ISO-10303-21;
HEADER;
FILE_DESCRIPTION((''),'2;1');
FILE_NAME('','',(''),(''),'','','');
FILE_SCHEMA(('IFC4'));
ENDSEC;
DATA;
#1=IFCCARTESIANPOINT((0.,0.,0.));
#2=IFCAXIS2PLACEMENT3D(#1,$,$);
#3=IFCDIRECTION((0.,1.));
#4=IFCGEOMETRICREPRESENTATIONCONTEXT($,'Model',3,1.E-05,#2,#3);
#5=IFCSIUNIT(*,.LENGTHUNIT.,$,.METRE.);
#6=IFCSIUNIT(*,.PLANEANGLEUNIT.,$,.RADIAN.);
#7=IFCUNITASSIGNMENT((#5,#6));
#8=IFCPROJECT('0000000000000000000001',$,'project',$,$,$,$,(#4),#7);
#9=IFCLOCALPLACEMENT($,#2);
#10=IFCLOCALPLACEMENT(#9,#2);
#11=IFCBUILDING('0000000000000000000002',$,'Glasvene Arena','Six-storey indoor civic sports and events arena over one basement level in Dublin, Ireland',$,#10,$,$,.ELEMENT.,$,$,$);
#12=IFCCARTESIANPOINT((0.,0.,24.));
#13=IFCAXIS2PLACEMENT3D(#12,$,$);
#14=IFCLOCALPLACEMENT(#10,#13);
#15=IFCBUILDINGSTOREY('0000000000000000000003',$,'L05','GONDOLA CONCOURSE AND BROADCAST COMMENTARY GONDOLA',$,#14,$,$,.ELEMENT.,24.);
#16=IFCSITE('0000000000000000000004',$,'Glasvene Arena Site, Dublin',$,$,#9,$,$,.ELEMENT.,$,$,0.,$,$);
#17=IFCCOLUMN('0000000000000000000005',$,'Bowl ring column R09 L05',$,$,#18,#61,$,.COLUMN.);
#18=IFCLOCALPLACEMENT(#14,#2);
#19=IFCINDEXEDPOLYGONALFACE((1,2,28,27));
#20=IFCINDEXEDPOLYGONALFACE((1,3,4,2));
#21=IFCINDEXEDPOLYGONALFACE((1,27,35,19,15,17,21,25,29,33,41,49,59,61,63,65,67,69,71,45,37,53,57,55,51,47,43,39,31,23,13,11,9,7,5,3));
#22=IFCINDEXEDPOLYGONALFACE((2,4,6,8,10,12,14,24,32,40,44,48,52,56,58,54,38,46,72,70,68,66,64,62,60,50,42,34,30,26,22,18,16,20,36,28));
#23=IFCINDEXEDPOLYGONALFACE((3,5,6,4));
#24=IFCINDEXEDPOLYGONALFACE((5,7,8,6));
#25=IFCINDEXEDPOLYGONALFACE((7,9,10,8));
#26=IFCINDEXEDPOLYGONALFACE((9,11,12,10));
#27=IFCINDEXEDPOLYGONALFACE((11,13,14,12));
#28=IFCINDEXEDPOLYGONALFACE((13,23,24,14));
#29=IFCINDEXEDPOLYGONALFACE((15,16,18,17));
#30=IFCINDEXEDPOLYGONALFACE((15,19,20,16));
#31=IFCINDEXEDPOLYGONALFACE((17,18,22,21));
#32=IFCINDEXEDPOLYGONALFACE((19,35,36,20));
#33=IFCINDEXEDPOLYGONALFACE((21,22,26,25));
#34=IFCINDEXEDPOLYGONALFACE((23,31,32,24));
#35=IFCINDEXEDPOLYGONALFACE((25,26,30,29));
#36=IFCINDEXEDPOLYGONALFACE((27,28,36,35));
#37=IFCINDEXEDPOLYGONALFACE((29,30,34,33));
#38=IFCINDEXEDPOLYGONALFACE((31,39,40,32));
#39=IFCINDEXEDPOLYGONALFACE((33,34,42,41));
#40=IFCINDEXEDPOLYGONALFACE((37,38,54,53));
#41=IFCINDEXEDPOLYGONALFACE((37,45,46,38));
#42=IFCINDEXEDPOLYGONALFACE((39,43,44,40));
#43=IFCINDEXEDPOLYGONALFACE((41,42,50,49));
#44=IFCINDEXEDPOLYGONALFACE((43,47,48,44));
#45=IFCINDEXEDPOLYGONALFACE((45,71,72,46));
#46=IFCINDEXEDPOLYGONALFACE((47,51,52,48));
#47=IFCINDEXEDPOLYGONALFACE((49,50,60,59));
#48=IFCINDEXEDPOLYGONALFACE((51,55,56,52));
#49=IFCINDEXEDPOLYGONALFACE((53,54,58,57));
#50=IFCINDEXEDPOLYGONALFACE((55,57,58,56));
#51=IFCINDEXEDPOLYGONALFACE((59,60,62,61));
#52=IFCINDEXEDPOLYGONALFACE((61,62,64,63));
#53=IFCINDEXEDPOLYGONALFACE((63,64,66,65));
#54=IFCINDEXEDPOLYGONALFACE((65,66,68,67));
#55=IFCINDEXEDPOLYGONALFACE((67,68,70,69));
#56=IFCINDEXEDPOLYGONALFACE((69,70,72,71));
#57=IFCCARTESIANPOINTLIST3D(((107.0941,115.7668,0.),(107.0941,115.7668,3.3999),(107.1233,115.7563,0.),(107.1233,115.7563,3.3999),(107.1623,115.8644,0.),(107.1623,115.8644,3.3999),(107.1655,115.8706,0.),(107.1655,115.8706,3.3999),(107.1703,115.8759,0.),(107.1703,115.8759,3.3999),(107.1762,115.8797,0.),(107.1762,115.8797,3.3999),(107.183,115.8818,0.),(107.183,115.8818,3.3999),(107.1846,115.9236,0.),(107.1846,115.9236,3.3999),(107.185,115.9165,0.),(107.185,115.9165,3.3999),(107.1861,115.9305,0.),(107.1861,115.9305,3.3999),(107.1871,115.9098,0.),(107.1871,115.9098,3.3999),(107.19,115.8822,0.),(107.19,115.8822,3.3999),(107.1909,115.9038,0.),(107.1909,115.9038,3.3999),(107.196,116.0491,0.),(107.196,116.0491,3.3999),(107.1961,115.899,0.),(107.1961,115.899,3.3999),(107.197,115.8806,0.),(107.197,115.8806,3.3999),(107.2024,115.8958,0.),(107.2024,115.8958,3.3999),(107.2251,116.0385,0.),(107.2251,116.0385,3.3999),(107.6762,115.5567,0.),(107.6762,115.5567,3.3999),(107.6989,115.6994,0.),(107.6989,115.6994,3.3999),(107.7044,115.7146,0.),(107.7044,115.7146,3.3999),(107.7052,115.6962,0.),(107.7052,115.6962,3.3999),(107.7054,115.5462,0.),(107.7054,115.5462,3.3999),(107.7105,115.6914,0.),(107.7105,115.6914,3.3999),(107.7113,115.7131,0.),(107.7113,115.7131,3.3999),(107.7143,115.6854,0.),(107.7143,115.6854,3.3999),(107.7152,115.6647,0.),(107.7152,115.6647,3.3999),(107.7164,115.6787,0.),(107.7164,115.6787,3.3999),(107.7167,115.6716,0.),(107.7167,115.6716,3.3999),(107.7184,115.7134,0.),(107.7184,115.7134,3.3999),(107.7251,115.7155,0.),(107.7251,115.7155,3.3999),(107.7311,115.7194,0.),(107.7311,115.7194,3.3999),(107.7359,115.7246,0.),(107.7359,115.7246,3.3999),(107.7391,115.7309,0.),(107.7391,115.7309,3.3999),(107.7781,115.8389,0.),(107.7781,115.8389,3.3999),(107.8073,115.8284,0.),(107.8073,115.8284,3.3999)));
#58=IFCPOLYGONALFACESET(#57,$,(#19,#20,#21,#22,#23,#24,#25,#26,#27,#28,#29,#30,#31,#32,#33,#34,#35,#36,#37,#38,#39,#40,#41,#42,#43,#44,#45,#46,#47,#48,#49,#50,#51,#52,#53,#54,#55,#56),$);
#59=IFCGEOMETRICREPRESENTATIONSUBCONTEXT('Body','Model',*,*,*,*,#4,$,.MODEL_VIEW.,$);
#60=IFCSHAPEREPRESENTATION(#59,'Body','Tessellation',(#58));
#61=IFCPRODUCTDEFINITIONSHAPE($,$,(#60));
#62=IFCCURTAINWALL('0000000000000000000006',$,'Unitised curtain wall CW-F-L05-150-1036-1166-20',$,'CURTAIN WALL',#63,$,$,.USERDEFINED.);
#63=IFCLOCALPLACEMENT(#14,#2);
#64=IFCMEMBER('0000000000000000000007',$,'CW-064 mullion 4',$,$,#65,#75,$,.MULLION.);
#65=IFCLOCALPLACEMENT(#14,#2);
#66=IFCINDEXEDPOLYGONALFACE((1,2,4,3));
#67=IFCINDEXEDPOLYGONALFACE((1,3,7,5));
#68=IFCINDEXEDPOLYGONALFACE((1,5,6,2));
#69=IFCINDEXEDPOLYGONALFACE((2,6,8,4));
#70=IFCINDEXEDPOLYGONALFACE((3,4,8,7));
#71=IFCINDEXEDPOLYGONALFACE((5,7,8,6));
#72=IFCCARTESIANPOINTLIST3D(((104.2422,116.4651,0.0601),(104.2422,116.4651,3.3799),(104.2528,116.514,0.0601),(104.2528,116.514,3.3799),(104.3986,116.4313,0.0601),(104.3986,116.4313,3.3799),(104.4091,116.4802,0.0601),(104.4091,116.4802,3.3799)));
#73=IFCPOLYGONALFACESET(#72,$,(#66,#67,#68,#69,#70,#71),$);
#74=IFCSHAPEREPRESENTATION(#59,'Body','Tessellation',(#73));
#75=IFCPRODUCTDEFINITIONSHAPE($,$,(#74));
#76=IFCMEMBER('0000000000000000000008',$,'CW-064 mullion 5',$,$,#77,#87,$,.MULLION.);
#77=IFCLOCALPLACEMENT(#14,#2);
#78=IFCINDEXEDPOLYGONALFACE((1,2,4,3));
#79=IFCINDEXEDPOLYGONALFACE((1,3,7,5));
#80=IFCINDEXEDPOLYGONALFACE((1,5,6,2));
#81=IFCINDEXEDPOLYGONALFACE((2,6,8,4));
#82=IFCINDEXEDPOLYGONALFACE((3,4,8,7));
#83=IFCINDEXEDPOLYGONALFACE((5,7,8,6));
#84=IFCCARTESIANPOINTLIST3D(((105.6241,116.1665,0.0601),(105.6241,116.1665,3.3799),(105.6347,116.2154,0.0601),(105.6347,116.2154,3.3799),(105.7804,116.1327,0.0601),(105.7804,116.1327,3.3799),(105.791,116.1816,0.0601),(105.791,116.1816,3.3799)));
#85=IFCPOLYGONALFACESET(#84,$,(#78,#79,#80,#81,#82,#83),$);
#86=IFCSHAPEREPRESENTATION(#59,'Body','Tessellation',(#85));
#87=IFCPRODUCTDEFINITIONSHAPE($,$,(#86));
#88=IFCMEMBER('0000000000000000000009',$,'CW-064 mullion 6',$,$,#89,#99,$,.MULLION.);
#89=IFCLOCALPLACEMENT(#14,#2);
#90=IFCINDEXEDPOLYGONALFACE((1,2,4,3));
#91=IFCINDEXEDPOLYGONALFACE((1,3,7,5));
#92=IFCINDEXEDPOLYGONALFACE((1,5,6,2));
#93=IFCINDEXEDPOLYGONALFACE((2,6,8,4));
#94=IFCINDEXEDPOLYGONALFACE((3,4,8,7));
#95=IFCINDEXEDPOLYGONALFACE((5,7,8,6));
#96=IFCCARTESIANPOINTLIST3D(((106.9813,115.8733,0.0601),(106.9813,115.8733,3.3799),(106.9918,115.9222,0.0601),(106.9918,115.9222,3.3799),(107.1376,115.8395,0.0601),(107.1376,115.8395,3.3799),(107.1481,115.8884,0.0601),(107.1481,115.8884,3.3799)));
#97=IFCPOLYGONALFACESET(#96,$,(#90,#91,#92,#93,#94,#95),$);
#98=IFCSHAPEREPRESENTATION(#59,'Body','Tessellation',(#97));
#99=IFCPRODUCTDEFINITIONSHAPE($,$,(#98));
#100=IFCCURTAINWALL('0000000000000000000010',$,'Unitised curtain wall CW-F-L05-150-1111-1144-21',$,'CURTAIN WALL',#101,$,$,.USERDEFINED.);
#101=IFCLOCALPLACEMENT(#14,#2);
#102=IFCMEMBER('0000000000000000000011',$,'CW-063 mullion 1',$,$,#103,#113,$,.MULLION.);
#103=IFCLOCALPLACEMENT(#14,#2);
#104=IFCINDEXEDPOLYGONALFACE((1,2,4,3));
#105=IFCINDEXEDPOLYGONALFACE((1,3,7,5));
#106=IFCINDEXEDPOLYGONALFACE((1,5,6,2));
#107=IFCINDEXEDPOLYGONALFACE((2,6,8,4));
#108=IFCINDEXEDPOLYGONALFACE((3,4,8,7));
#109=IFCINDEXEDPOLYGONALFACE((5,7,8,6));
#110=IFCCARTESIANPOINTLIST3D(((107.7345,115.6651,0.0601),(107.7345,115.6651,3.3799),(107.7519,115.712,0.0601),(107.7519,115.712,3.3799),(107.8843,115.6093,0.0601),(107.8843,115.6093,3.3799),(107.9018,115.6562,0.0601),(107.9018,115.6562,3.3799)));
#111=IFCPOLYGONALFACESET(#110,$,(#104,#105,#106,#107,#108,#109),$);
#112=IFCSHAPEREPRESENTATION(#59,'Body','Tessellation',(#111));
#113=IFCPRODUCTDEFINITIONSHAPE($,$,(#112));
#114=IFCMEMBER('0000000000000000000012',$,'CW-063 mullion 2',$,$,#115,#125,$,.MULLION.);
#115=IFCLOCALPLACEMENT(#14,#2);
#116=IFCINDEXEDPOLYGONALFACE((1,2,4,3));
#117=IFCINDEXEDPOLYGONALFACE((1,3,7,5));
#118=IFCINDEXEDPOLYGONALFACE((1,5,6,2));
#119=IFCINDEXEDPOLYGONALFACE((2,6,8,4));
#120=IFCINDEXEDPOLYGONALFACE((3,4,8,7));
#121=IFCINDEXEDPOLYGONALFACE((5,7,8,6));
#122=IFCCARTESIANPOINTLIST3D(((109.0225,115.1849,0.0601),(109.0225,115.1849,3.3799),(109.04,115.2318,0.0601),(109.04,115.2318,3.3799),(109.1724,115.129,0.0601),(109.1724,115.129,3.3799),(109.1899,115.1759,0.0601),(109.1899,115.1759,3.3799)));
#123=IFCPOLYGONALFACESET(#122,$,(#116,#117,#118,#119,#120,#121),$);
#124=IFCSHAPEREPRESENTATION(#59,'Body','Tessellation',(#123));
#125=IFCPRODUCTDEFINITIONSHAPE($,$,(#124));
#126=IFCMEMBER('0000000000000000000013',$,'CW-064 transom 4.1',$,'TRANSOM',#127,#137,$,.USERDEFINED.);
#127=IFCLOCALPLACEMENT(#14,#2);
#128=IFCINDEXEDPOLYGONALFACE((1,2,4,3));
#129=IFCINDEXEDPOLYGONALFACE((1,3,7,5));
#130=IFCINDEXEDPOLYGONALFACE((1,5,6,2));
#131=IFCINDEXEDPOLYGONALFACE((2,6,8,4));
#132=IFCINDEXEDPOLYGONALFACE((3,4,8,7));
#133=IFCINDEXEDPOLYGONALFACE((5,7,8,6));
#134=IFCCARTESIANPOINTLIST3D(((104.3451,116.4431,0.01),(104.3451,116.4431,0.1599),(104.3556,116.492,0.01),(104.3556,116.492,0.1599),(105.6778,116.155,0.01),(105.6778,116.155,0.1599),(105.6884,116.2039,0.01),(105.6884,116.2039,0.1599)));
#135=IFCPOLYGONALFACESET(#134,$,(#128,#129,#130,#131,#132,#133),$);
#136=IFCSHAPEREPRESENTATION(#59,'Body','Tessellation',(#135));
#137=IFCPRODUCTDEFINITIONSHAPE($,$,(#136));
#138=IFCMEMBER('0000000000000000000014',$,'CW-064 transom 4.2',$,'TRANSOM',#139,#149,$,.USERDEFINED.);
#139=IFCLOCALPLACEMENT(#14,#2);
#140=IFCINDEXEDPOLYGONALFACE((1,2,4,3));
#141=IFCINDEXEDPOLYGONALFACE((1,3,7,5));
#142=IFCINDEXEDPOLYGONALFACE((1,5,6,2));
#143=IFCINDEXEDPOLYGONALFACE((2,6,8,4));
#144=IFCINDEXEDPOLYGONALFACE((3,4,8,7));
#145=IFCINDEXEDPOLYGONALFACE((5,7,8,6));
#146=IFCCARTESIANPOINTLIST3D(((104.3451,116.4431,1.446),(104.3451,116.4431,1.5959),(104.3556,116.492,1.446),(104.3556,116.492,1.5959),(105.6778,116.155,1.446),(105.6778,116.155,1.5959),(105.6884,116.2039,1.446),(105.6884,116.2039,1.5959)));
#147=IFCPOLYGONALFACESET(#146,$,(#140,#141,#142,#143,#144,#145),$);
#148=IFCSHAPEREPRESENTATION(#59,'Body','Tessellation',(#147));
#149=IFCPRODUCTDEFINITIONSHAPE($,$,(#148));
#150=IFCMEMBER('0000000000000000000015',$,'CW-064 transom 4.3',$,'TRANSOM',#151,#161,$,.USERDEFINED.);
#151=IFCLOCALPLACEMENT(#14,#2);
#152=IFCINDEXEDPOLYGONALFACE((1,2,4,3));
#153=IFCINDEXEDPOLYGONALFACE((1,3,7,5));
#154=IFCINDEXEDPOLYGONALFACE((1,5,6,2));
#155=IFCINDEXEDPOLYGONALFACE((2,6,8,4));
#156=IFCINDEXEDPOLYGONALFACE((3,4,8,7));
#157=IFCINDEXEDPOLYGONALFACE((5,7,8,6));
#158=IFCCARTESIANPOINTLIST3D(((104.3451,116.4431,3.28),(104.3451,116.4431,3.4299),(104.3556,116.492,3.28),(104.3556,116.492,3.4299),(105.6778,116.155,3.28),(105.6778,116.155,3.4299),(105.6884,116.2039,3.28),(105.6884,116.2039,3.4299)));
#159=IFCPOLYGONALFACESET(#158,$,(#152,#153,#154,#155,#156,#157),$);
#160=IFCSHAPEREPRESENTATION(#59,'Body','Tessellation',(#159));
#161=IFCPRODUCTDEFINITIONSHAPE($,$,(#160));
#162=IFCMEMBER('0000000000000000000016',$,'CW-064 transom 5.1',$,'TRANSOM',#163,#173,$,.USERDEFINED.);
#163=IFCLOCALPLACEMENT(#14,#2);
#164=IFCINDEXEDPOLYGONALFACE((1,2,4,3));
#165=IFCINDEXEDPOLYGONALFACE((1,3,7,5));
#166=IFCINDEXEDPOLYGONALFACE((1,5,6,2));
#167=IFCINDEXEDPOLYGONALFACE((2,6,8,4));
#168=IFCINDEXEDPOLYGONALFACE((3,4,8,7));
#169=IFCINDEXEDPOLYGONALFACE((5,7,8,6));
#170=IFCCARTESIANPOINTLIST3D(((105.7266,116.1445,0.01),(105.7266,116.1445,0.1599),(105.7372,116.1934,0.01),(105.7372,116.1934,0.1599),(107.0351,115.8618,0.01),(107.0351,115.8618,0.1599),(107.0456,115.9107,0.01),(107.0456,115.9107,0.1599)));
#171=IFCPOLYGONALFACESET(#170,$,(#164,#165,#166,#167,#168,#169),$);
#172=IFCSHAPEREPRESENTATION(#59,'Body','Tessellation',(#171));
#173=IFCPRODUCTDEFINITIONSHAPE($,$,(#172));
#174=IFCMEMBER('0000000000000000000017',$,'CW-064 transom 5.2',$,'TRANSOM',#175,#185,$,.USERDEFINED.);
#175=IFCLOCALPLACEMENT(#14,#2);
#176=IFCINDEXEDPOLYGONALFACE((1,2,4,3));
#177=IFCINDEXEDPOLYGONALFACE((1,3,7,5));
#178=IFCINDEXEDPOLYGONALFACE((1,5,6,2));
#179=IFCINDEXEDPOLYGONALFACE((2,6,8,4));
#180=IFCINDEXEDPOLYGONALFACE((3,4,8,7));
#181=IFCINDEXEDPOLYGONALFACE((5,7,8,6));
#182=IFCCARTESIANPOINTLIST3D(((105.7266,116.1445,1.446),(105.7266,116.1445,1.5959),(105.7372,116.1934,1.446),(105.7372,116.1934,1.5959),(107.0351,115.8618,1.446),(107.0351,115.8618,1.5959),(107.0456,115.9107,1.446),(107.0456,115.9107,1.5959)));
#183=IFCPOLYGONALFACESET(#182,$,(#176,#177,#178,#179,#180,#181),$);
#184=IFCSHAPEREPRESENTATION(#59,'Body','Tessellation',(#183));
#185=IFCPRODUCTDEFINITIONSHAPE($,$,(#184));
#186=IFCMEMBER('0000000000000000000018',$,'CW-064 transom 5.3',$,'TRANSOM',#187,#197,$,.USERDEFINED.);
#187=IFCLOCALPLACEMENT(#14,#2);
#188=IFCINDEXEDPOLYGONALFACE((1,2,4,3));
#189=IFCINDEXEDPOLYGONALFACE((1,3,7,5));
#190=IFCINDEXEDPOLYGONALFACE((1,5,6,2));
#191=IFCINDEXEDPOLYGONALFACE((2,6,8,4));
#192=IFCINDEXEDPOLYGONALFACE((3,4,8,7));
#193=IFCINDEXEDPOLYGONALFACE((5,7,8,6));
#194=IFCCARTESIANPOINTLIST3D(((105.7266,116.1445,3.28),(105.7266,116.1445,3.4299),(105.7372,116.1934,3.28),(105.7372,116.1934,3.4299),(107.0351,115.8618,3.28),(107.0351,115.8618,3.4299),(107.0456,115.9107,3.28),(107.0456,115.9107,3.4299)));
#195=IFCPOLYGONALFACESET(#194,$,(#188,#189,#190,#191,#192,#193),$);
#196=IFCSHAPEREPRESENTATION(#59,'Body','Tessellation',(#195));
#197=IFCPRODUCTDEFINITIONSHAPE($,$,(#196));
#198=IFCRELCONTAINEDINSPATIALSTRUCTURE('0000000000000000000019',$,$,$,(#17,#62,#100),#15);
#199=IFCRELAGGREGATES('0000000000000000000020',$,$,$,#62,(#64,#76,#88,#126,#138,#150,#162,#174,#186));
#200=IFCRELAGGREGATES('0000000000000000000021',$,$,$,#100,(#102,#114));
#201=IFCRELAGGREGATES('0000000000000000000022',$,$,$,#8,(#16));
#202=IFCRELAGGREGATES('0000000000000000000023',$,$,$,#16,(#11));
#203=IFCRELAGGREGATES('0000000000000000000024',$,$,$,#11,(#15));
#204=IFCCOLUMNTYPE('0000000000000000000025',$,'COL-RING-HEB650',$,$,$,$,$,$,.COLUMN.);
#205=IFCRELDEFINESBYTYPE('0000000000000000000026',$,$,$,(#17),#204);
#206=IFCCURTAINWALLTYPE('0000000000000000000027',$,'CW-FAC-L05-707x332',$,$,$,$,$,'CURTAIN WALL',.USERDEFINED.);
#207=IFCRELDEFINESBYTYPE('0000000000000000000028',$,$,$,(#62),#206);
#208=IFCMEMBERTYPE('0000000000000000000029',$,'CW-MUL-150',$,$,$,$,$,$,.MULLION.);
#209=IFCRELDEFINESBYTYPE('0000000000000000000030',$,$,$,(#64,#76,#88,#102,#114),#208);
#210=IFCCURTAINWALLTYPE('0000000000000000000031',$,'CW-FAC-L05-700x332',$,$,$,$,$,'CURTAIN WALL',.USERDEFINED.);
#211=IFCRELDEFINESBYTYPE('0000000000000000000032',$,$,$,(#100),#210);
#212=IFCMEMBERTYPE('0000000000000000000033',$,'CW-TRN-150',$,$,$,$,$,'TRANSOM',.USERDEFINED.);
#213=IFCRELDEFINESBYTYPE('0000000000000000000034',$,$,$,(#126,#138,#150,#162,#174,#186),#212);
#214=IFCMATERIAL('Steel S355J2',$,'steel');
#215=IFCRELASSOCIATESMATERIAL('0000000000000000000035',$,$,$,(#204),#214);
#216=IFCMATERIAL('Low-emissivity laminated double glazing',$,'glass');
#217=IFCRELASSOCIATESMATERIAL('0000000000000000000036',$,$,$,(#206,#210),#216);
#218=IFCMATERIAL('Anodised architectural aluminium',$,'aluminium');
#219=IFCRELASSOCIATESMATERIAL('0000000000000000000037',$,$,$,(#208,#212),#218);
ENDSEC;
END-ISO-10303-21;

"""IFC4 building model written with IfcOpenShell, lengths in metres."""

from ifc_helpers import new_model, si_unit, direction, frame, origin, origin_2d, place, context, subcontext, project, spatial, rectangle, i_section, extrude, material, material_profile, profile_set, type_object, element, aggregate, save


model = new_model("IFC4")

# Units and contexts
model_context = context("Model", 3, precision=1e-05, world=origin(), true_north=direction((0.0, 1.0)))
body_context = subcontext(model_context, "Body", "Model", "MODEL_VIEW")
ifc_project = project(units=[si_unit("LENGTHUNIT", "METRE"), si_unit("PLANEANGLEUNIT", "RADIAN")], contexts=[model_context])

# Site, building, storey
site_placement = place(None, origin())
site = spatial("IfcSite", under=ifc_project, at=site_placement, Name="Glasvene Arena Site, Dublin", CompositionType="ELEMENT", RefElevation=0.0)
building_placement = place(site_placement, origin())
building = spatial("IfcBuilding", under=site, at=building_placement, Name="Glasvene Arena", Description="Six-storey indoor civic sports and events arena over one basement level in Dublin, Ireland", CompositionType="ELEMENT")
storey_placement = place(building_placement, frame((0.0, 0.0, 24.0)))
storey = spatial("IfcBuildingStorey", under=building, at=storey_placement, Name="L05", Description="GONDOLA CONCOURSE AND BROADCAST COMMENTARY GONDOLA", CompositionType="ELEMENT", Elevation=24.0)

# Column
ifc_material_1 = material(Name="Steel S355J2", Category="steel")
ifc_material_profile_1 = material_profile(ifc_material_1, i_section(OverallWidth=0.3, OverallDepth=0.6499, WebThickness=0.0161, FlangeThickness=0.031, FilletRadius=0.0271, at=origin_2d()), Name="HEB 650")
ifc_profile_set_1 = profile_set([ifc_material_profile_1], Name="Steel S355J2")
column_type = type_object("IfcColumnType", Name="COL-RING-HEB650", PredefinedType="COLUMN", material=ifc_profile_set_1)
column_placement = place(storey_placement, frame((107.4507, 115.7976, 0.0), z_axis=(0.0, 0.0, 1.0), x_axis=(0.339559, 0.940585, 0.0)))
element("IfcColumn", 1, at=column_placement, inside=storey, type_object=column_type, Name="Bowl ring column R09 L05", PredefinedType="COLUMN", context=body_context, shape_type="SweptSolid", body=[
    extrude(i_section(OverallWidth=0.3, OverallDepth=0.6499, WebThickness=0.0161, FlangeThickness=0.031, FilletRadius=0.0271, at=origin_2d()), origin(), (0.0, 0.0, 1.0), 3.3999),
])

# Curtain walls, members
ifc_material_2 = material(Name="Low-emissivity laminated double glazing", Category="glass")
curtain_wall_type_1 = type_object("IfcCurtainWallType", Name="CW-FAC-L05-707x332", ElementType="CURTAIN WALL", PredefinedType="USERDEFINED", material=ifc_material_2)
curtain_wall_1_placement = place(storey_placement, frame((100.1807, 117.3684, 0.0)))
curtain_wall_1 = element("IfcCurtainWall", 2, at=curtain_wall_1_placement, inside=storey, type_object=curtain_wall_type_1, Name="Unitised curtain wall CW-F-L05-150-1036-1166-20", ObjectType="CURTAIN WALL", PredefinedType="USERDEFINED")
ifc_material_3 = material(Name="Anodised architectural aluminium", Category="aluminium")
ifc_material_profile_2 = material_profile(ifc_material_3, rectangle(XDim=0.05, YDim=0.1599, at=origin_2d()), Name="ALU MULLION 50x160")
ifc_profile_set_2 = profile_set([ifc_material_profile_2], Name="Anodised architectural aluminium")
member_type_1 = type_object("IfcMemberType", Name="CW-MUL-150", PredefinedType="MULLION", material=ifc_profile_set_2)
member_1_placement = place(storey_placement, frame((104.3257, 116.4727, 0.0601), z_axis=(0.0, 0.0, 1.0), x_axis=(0.211221, 0.977438, 0.0)))
member_1 = element("IfcMember", 3, at=member_1_placement, type_object=member_type_1, Name="CW-064 mullion 4", PredefinedType="MULLION", context=body_context, shape_type="SweptSolid", body=[
    extrude(rectangle(XDim=0.05, YDim=0.1599, at=origin_2d()), origin(), (0.0, 0.0, 1.0), 3.3198),
])
member_2_placement = place(storey_placement, frame((105.7075, 116.1741, 0.0601), z_axis=(0.0, 0.0, 1.0), x_axis=(0.211221, 0.977438, 0.0)))
member_2 = element("IfcMember", 4, at=member_2_placement, type_object=member_type_1, Name="CW-064 mullion 5", PredefinedType="MULLION", context=body_context, shape_type="SweptSolid", body=[
    extrude(rectangle(XDim=0.05, YDim=0.1599, at=origin_2d()), origin(), (0.0, 0.0, 1.0), 3.3198),
])
member_3_placement = place(storey_placement, frame((107.0647, 115.8809, 0.0601), z_axis=(0.0, 0.0, 1.0), x_axis=(0.211221, 0.977438, 0.0)))
member_3 = element("IfcMember", 5, at=member_3_placement, type_object=member_type_1, Name="CW-064 mullion 6", PredefinedType="MULLION", context=body_context, shape_type="SweptSolid", body=[
    extrude(rectangle(XDim=0.05, YDim=0.1599, at=origin_2d()), origin(), (0.0, 0.0, 1.0), 3.3198),
])
curtain_wall_type_2 = type_object("IfcCurtainWallType", Name="CW-FAC-L05-700x332", ElementType="CURTAIN WALL", PredefinedType="USERDEFINED", material=ifc_material_2)
curtain_wall_2_placement = place(storey_placement, frame((107.7947, 115.6692, 0.0)))
curtain_wall_2 = element("IfcCurtainWall", 6, at=curtain_wall_2_placement, inside=storey, type_object=curtain_wall_type_2, Name="Unitised curtain wall CW-F-L05-150-1111-1144-21", ObjectType="CURTAIN WALL", PredefinedType="USERDEFINED")
member_4_placement = place(storey_placement, frame((107.8181, 115.6606, 0.0601), z_axis=(0.0, 0.0, 1.0), x_axis=(0.349297, 0.937012, 0.0)))
member_4 = element("IfcMember", 7, at=member_4_placement, type_object=member_type_1, Name="CW-063 mullion 1", PredefinedType="MULLION", context=body_context, shape_type="SweptSolid", body=[
    extrude(rectangle(XDim=0.05, YDim=0.1599, at=origin_2d()), origin(), (0.0, 0.0, 1.0), 3.3198),
])
member_5_placement = place(storey_placement, frame((109.1062, 115.1804, 0.0601), z_axis=(0.0, 0.0, 1.0), x_axis=(0.349297, 0.937012, 0.0)))
member_5 = element("IfcMember", 8, at=member_5_placement, type_object=member_type_1, Name="CW-063 mullion 2", PredefinedType="MULLION", context=body_context, shape_type="SweptSolid", body=[
    extrude(rectangle(XDim=0.05, YDim=0.1599, at=origin_2d()), origin(), (0.0, 0.0, 1.0), 3.3198),
])

# Members
ifc_material_profile_3 = material_profile(ifc_material_3, rectangle(XDim=0.05, YDim=0.1499, at=origin_2d()), Name="ALU TRANSOM 50x150")
ifc_profile_set_3 = profile_set([ifc_material_profile_3], Name="Anodised architectural aluminium")
member_type_2 = type_object("IfcMemberType", Name="CW-TRN-150", ElementType="TRANSOM", PredefinedType="USERDEFINED", material=ifc_profile_set_3)
member_6_placement = place(storey_placement, frame((104.3503, 116.4675, 0.085), z_axis=(0.977426, -0.211277, 0.0), x_axis=(0.211277, 0.977426, 0.0)))
member_6 = element("IfcMember", 9, at=member_6_placement, type_object=member_type_2, Name="CW-064 transom 4.1", ObjectType="TRANSOM", PredefinedType="USERDEFINED", context=body_context, shape_type="SweptSolid", body=[
    extrude(rectangle(XDim=0.05, YDim=0.1499, at=origin_2d()), origin(), (0.0, 0.0, 1.0), 1.3635),
])
member_7_placement = place(storey_placement, frame((104.3503, 116.4675, 1.521), z_axis=(0.977426, -0.211277, 0.0), x_axis=(0.211277, 0.977426, 0.0)))
member_7 = element("IfcMember", 10, at=member_7_placement, type_object=member_type_2, Name="CW-064 transom 4.2", ObjectType="TRANSOM", PredefinedType="USERDEFINED", context=body_context, shape_type="SweptSolid", body=[
    extrude(rectangle(XDim=0.05, YDim=0.1499, at=origin_2d()), origin(), (0.0, 0.0, 1.0), 1.3635),
])
member_8_placement = place(storey_placement, frame((104.3503, 116.4675, 3.355), z_axis=(0.977426, -0.211277, 0.0), x_axis=(0.211277, 0.977426, 0.0)))
member_8 = element("IfcMember", 11, at=member_8_placement, type_object=member_type_2, Name="CW-064 transom 4.3", ObjectType="TRANSOM", PredefinedType="USERDEFINED", context=body_context, shape_type="SweptSolid", body=[
    extrude(rectangle(XDim=0.05, YDim=0.1499, at=origin_2d()), origin(), (0.0, 0.0, 1.0), 1.3635),
])
member_9_placement = place(storey_placement, frame((105.7319, 116.1689, 0.085), z_axis=(0.977441, -0.21121, 0.0), x_axis=(0.21121, 0.977441, 0.0)))
member_9 = element("IfcMember", 12, at=member_9_placement, type_object=member_type_2, Name="CW-064 transom 5.1", ObjectType="TRANSOM", PredefinedType="USERDEFINED", context=body_context, shape_type="SweptSolid", body=[
    extrude(rectangle(XDim=0.05, YDim=0.1499, at=origin_2d()), origin(), (0.0, 0.0, 1.0), 1.3386),
])
member_10_placement = place(storey_placement, frame((105.7319, 116.1689, 1.521), z_axis=(0.977441, -0.21121, 0.0), x_axis=(0.21121, 0.977441, 0.0)))
member_10 = element("IfcMember", 13, at=member_10_placement, type_object=member_type_2, Name="CW-064 transom 5.2", ObjectType="TRANSOM", PredefinedType="USERDEFINED", context=body_context, shape_type="SweptSolid", body=[
    extrude(rectangle(XDim=0.05, YDim=0.1499, at=origin_2d()), origin(), (0.0, 0.0, 1.0), 1.3386),
])
member_11_placement = place(storey_placement, frame((105.7319, 116.1689, 3.355), z_axis=(0.977441, -0.21121, 0.0), x_axis=(0.21121, 0.977441, 0.0)))
member_11 = element("IfcMember", 14, at=member_11_placement, type_object=member_type_2, Name="CW-064 transom 5.3", ObjectType="TRANSOM", PredefinedType="USERDEFINED", context=body_context, shape_type="SweptSolid", body=[
    extrude(rectangle(XDim=0.05, YDim=0.1499, at=origin_2d()), origin(), (0.0, 0.0, 1.0), 1.3386),
])

aggregate(curtain_wall_1, [member_1, member_2, member_3, member_6, member_7, member_8, member_9, member_10, member_11])
aggregate(curtain_wall_2, [member_4, member_5])

save(model, "model.ifc")
